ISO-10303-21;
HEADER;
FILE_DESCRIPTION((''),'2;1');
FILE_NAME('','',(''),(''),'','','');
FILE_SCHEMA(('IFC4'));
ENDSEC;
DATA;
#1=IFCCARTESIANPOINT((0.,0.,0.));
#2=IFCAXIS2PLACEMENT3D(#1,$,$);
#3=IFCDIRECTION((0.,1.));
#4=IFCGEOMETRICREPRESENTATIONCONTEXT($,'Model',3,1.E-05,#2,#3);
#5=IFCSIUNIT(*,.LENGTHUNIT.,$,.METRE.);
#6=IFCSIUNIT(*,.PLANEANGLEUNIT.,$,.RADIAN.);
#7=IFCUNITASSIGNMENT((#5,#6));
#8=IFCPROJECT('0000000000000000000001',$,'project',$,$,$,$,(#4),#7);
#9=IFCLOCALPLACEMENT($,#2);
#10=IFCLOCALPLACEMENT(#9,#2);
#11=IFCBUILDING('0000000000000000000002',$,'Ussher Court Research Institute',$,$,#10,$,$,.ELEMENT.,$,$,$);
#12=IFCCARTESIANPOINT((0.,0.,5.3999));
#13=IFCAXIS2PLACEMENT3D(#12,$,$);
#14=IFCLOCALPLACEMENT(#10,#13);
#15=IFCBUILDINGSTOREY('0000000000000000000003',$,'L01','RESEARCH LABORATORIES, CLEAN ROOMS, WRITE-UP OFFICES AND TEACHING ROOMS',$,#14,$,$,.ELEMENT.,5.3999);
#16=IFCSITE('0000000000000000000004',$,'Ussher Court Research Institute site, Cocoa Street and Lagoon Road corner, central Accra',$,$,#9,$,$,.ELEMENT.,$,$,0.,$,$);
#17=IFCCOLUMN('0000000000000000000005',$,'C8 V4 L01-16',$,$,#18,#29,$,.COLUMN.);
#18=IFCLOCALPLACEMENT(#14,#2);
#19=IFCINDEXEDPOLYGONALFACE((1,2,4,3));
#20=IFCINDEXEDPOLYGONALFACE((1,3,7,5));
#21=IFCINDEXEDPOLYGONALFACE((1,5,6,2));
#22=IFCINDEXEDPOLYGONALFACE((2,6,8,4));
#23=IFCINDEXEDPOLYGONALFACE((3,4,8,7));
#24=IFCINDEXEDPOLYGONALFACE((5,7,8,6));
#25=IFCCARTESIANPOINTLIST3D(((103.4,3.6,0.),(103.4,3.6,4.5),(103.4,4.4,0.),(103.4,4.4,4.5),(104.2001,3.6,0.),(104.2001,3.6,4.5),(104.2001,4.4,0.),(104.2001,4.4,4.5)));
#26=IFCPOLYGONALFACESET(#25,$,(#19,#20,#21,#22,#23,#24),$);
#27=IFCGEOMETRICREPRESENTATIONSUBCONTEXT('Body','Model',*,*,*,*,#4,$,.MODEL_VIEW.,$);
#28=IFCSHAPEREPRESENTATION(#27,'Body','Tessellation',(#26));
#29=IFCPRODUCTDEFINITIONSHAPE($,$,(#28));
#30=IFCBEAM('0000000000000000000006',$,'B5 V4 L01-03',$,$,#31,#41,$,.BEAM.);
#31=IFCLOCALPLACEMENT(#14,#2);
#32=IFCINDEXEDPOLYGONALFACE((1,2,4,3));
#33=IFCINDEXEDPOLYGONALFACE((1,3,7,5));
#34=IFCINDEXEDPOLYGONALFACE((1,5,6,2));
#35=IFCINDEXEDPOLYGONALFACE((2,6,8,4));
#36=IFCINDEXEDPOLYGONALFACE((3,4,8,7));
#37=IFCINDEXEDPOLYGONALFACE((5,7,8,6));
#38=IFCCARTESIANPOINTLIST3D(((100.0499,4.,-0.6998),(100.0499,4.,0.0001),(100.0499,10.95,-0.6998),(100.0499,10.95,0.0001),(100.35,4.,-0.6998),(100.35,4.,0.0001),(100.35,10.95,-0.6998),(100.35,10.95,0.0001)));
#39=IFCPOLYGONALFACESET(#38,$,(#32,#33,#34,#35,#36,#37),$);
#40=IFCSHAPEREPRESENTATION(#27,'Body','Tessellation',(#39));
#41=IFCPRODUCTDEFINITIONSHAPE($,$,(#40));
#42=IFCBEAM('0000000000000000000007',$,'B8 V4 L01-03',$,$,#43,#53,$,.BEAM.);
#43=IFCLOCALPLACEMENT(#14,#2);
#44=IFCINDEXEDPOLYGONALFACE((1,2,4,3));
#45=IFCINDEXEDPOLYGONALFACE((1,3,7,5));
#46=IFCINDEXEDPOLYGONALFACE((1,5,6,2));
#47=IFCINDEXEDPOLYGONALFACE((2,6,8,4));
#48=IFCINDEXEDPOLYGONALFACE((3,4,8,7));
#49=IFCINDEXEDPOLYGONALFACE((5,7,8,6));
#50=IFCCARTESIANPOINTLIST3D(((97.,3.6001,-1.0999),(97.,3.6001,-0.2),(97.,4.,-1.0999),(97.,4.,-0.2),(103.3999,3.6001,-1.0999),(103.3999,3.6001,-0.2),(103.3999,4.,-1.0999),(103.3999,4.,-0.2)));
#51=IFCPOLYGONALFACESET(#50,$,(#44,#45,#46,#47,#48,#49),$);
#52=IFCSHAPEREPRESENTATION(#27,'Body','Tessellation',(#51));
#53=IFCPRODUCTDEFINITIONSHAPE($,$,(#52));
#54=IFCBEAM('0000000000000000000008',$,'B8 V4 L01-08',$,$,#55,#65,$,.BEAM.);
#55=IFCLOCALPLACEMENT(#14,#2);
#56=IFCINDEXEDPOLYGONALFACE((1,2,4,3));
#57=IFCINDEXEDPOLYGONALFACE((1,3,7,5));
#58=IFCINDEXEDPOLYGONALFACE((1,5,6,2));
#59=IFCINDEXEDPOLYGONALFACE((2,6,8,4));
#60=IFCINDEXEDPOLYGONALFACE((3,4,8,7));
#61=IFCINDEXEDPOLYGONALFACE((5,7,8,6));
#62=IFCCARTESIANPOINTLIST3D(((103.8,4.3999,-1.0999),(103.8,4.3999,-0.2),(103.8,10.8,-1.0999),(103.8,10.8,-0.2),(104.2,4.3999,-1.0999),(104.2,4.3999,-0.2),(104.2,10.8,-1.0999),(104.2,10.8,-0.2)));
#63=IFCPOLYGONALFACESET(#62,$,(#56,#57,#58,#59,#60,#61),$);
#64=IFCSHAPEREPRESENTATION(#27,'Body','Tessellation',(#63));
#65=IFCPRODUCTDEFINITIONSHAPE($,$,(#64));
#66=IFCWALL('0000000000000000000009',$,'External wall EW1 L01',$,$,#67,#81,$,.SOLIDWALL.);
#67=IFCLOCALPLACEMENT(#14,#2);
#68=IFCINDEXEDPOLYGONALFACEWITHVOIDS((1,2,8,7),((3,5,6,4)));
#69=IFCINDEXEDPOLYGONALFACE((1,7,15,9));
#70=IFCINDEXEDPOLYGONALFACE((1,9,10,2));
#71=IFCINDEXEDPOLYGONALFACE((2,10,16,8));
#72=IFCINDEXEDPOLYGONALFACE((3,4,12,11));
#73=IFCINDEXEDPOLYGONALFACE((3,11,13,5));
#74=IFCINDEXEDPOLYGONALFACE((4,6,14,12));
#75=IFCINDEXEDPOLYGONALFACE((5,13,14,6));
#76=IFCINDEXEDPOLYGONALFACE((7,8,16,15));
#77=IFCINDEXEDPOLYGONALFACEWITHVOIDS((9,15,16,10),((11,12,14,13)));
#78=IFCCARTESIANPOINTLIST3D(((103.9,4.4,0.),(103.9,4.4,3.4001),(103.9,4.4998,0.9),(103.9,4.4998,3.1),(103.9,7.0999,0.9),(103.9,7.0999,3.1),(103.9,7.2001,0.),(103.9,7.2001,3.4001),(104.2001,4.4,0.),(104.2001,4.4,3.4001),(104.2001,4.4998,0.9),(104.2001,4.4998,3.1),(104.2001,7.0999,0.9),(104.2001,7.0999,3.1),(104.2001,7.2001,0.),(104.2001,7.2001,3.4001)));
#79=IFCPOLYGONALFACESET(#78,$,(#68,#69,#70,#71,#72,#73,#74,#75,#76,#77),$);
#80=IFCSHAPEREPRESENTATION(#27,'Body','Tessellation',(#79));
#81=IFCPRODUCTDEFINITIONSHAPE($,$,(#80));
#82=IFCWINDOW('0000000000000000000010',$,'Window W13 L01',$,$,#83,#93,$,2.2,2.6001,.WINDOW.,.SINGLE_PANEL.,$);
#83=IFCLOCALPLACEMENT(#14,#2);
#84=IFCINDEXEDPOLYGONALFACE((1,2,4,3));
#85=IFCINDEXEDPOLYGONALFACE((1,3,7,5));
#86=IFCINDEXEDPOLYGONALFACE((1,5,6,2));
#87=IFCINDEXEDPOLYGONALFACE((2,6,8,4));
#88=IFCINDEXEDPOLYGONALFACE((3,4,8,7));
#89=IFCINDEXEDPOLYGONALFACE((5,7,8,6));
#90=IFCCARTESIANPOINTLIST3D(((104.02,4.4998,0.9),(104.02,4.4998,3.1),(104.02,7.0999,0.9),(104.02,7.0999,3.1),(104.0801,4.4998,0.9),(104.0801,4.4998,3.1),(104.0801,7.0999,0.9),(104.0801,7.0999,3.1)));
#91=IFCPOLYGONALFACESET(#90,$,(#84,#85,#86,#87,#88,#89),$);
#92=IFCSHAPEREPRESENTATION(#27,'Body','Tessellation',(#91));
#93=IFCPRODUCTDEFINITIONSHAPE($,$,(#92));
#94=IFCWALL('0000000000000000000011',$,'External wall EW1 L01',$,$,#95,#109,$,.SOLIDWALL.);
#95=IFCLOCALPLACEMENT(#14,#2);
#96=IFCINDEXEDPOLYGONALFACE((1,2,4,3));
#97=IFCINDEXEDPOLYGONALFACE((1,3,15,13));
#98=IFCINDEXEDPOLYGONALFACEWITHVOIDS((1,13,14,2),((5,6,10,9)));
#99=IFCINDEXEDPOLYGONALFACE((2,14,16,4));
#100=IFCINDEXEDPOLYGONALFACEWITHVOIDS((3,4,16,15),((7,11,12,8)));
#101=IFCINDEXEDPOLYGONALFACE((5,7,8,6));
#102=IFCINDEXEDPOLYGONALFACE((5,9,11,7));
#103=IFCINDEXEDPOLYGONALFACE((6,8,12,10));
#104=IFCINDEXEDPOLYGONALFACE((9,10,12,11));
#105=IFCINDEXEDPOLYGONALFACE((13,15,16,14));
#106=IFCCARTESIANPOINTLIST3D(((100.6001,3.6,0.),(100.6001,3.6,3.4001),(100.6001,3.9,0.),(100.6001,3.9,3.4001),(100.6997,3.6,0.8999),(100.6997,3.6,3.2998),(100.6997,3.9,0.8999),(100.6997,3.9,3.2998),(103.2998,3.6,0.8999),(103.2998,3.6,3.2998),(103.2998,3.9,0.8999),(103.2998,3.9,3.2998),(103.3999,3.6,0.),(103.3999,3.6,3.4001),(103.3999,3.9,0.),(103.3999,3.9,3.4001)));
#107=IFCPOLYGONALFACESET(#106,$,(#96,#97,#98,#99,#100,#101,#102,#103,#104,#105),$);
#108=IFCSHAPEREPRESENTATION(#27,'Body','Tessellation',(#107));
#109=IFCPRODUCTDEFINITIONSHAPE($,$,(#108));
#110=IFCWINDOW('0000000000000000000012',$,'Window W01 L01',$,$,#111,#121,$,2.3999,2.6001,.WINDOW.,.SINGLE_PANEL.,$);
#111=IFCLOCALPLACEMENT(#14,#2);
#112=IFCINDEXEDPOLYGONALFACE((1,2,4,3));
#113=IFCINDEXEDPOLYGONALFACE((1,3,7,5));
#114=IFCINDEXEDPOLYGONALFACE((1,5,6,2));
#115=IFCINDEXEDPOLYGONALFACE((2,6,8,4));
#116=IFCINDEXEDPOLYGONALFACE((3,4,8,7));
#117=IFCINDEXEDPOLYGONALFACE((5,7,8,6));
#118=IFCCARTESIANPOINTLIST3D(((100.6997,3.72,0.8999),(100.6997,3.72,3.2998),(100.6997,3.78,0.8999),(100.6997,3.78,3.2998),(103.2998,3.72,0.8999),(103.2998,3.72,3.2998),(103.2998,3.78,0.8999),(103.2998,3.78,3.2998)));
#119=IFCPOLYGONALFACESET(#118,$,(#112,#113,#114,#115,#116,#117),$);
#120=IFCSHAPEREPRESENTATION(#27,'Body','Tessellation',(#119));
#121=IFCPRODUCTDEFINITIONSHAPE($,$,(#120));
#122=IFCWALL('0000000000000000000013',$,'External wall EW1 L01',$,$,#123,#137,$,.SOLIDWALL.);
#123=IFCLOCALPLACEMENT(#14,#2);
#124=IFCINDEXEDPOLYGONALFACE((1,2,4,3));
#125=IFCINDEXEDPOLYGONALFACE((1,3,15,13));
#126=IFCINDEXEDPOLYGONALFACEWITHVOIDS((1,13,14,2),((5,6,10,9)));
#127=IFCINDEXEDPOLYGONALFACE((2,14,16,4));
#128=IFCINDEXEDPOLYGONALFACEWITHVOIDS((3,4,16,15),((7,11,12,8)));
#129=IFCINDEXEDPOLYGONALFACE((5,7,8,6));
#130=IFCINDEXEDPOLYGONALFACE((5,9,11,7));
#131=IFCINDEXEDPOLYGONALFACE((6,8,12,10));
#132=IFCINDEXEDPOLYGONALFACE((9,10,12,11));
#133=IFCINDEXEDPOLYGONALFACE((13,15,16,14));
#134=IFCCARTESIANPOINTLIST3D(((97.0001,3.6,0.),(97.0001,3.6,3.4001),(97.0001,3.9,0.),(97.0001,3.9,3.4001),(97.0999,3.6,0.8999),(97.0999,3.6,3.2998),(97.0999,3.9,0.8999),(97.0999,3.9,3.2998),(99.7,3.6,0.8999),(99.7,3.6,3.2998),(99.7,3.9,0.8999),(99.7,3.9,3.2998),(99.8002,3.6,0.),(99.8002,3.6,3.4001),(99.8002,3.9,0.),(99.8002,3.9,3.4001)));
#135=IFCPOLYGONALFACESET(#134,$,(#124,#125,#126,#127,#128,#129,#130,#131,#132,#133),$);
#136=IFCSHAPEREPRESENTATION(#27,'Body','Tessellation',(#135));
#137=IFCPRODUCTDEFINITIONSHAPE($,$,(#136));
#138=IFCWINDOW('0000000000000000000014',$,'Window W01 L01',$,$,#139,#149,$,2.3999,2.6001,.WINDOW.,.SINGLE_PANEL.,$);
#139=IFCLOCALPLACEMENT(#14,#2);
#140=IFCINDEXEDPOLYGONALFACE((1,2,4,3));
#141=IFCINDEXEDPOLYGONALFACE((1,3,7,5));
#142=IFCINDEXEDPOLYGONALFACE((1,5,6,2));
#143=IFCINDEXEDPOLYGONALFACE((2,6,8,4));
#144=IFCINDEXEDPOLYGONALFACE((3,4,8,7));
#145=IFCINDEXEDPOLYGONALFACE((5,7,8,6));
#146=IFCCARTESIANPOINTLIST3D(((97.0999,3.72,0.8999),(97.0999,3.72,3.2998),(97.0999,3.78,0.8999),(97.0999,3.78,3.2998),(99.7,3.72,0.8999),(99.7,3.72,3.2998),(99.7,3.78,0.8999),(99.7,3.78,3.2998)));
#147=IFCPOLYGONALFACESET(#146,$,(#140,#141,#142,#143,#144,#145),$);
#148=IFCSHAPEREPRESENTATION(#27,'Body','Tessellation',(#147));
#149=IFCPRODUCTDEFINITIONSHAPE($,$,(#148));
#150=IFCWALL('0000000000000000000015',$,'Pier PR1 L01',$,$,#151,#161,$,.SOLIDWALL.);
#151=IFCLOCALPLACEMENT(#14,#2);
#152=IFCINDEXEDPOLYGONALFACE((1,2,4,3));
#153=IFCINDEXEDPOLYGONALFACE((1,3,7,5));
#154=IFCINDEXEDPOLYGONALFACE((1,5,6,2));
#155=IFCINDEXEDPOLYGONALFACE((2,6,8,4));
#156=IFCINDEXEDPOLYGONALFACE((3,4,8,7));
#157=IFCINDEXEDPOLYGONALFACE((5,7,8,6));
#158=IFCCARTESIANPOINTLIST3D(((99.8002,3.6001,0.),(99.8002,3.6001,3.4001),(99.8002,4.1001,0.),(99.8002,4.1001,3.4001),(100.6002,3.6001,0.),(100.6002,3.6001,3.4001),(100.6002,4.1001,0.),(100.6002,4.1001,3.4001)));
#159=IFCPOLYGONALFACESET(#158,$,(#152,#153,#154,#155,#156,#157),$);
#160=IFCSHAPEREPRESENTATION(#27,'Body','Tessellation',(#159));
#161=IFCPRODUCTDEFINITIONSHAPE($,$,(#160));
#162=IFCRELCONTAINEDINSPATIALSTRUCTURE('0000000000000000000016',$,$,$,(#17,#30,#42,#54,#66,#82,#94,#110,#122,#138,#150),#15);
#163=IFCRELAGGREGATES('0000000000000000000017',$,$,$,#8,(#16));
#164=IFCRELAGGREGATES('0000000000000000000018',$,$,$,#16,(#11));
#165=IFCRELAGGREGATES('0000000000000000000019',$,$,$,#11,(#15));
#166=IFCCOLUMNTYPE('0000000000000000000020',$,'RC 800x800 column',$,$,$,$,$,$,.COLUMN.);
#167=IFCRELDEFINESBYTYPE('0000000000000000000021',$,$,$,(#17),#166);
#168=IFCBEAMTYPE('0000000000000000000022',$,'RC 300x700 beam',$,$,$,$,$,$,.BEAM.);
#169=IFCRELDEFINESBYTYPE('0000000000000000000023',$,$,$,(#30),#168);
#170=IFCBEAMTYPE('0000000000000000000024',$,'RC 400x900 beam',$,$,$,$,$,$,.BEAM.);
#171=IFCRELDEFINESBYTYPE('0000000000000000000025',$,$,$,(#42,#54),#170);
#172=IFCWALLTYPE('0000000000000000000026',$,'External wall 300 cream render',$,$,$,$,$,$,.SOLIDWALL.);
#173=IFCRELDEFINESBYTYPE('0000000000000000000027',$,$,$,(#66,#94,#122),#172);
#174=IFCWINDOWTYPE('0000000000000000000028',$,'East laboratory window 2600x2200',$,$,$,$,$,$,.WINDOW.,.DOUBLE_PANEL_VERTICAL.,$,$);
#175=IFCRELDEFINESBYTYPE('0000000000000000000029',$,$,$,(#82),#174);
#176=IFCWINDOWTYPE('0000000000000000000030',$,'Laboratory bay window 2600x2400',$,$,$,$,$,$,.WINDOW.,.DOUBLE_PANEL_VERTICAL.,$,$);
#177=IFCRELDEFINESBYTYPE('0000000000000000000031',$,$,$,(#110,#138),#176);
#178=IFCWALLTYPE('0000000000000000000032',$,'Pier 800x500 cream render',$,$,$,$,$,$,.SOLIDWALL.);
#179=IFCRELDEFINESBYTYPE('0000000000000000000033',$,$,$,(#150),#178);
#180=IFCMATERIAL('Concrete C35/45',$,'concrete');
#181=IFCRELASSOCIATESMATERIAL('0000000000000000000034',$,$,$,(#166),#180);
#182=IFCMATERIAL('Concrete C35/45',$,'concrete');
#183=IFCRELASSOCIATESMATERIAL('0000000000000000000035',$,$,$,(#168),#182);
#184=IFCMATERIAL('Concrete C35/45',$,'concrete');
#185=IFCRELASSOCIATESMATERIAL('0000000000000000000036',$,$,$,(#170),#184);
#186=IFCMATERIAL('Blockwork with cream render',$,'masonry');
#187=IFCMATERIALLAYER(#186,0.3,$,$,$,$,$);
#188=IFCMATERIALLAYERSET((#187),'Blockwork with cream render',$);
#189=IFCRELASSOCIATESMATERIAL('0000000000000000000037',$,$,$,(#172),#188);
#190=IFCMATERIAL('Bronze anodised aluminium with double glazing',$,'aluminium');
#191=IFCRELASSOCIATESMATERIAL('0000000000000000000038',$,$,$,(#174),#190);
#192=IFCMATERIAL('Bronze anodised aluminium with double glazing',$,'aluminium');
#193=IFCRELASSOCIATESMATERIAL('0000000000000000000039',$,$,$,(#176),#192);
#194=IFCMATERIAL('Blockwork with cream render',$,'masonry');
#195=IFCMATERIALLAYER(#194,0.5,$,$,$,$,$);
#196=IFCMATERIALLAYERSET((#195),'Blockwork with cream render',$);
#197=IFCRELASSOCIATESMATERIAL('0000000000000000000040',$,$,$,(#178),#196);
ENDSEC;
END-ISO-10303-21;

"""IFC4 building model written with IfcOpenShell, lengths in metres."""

from ifc_helpers import new_model, si_unit, direction, frame, frame_2d, origin, origin_2d, place, context, subcontext, project, spatial, rectangle, extrude, material, layer, layer_set, material_profile, profile_set, type_object, element, fill, save


model = new_model("IFC4")

# Units and contexts
model_context = context("Model", 3, precision=1e-05, world=origin(), true_north=direction((0.0, 1.0)))
body_context = subcontext(model_context, "Body", "Model", "MODEL_VIEW")
ifc_project = project(units=[si_unit("LENGTHUNIT", "METRE"), si_unit("PLANEANGLEUNIT", "RADIAN")], contexts=[model_context])

# Site, building, storey
site_placement = place(None, origin())
site = spatial("IfcSite", under=ifc_project, at=site_placement, Name="Ussher Court Research Institute site, Cocoa Street and Lagoon Road corner, central Accra", CompositionType="ELEMENT", RefElevation=0.0)
building_placement = place(site_placement, origin())
building = spatial("IfcBuilding", under=site, at=building_placement, Name="Ussher Court Research Institute", CompositionType="ELEMENT")
storey_placement = place(building_placement, frame((0.0, 0.0, 5.3999)))
storey = spatial("IfcBuildingStorey", under=building, at=storey_placement, Name="L01", Description="RESEARCH LABORATORIES, CLEAN ROOMS, WRITE-UP OFFICES AND TEACHING ROOMS", CompositionType="ELEMENT", Elevation=5.3999)

# Column
ifc_material_1 = material(Name="Concrete C35/45", Category="concrete")
ifc_material_profile_1 = material_profile(ifc_material_1, rectangle(XDim=0.8, YDim=0.8, at=origin_2d()), Name="RC 800x800")
ifc_profile_set_1 = profile_set([ifc_material_profile_1], Name="Concrete C35/45")
column_type = type_object("IfcColumnType", Name="RC 800x800 column", PredefinedType="COLUMN", material=ifc_profile_set_1)
column_placement = place(storey_placement, frame((103.8, 4.0, 0.0), z_axis=(0.0, 0.0, 1.0), x_axis=(1.0, 0.0, 0.0)))
element("IfcColumn", 1, at=column_placement, inside=storey, type_object=column_type, Name="C8 V4 L01-16", PredefinedType="COLUMN", context=body_context, shape_type="SweptSolid", body=[
    extrude(rectangle(XDim=0.8, YDim=0.8, at=origin_2d()), origin(), (0.0, 0.0, 1.0), 4.5),
])

# Beams
ifc_material_2 = material(Name="Concrete C35/45", Category="concrete")
ifc_material_profile_2 = material_profile(ifc_material_2, rectangle(XDim=0.3, YDim=0.7, at=origin_2d()), Name="RC 300x700")
ifc_profile_set_2 = profile_set([ifc_material_profile_2], Name="Concrete C35/45")
beam_type_1 = type_object("IfcBeamType", Name="RC 300x700 beam", PredefinedType="BEAM", material=ifc_profile_set_2)
beam_1_placement = place(storey_placement, frame((100.2, 4.0, -0.3499), z_axis=(0.0, 1.0, 0.0), x_axis=(-1.0, 0.0, 0.0)))
element("IfcBeam", 2, at=beam_1_placement, inside=storey, type_object=beam_type_1, Name="B5 V4 L01-03", PredefinedType="BEAM", context=body_context, shape_type="SweptSolid", body=[
    extrude(rectangle(XDim=0.3, YDim=0.7, at=origin_2d()), origin(), (0.0, 0.0, 1.0), 6.95),
])
ifc_material_3 = material(Name="Concrete C35/45", Category="concrete")
ifc_material_profile_3 = material_profile(ifc_material_3, rectangle(XDim=0.3999, YDim=0.8999, at=origin_2d()), Name="RC 400x900")
ifc_profile_set_3 = profile_set([ifc_material_profile_3], Name="Concrete C35/45")
beam_type_2 = type_object("IfcBeamType", Name="RC 400x900 beam", PredefinedType="BEAM", material=ifc_profile_set_3)
beam_2_placement = place(storey_placement, frame((97.0, 3.8, -0.6499), z_axis=(1.0, 0.0, 0.0), x_axis=(0.0, 1.0, 0.0)))
element("IfcBeam", 3, at=beam_2_placement, inside=storey, type_object=beam_type_2, Name="B8 V4 L01-03", PredefinedType="BEAM", context=body_context, shape_type="SweptSolid", body=[
    extrude(rectangle(XDim=0.3999, YDim=0.8999, at=origin_2d()), origin(), (0.0, 0.0, 1.0), 6.3999),
])
beam_3_placement = place(storey_placement, frame((104.0, 4.3999, -0.6499), z_axis=(0.0, 1.0, 0.0), x_axis=(-1.0, 0.0, 0.0)))
element("IfcBeam", 4, at=beam_3_placement, inside=storey, type_object=beam_type_2, Name="B8 V4 L01-08", PredefinedType="BEAM", context=body_context, shape_type="SweptSolid", body=[
    extrude(rectangle(XDim=0.3999, YDim=0.8999, at=origin_2d()), origin(), (0.0, 0.0, 1.0), 6.4001),
])

# Walls, openings, windows
ifc_material_4 = material(Name="Blockwork with cream render", Category="masonry")
ifc_layer_1 = layer(ifc_material_4, 0.3)
ifc_layer_set_1 = layer_set([ifc_layer_1], Name="Blockwork with cream render")
wall_type_1 = type_object("IfcWallType", Name="External wall 300 cream render", PredefinedType="SOLIDWALL", material=ifc_layer_set_1)
wall_1_placement = place(storey_placement, frame((104.05, 7.2, 0.0), z_axis=(0.0, 0.0, 1.0), x_axis=(0.0, -1.0, 0.0)))
wall_1 = element("IfcWall", 5, at=wall_1_placement, inside=storey, type_object=wall_type_1, Name="External wall EW1 L01", PredefinedType="SOLIDWALL", context=body_context, shape_type="SweptSolid", body=[
    extrude(rectangle(XDim=2.8, YDim=0.3, at=frame_2d((1.3999, 0.0))), origin(), (0.0, 0.0, 1.0), 3.4001),
])
opening_1_placement = place(wall_1_placement, frame((0.1001, 0.0, 0.8999)))
opening_1 = element("IfcOpeningElement", 6, at=opening_1_placement, cuts=wall_1, PredefinedType="OPENING", context=body_context, shape_type="SweptSolid", body=[
    extrude(rectangle(XDim=2.6001, YDim=2.2, at=frame_2d((1.3, 1.1001))), frame((0.0, 0.1602, 0.0), z_axis=(0.0, -1.0, 0.0), x_axis=(1.0, 0.0, 0.0)), (0.0, 0.0, 1.0), 0.3201),
])
ifc_material_5 = material(Name="Bronze anodised aluminium with double glazing", Category="aluminium")
window_type_1 = type_object("IfcWindowType", Name="East laboratory window 2600x2200", PartitioningType="DOUBLE_PANEL_VERTICAL", PredefinedType="WINDOW", material=ifc_material_5)
window_1_placement = place(opening_1_placement, origin())
window_1 = element("IfcWindow", 7, at=window_1_placement, inside=storey, type_object=window_type_1, Name="Window W13 L01", OverallHeight=2.2, OverallWidth=2.6001, PartitioningType="SINGLE_PANEL", PredefinedType="WINDOW", context=body_context, shape_type="SweptSolid", body=[
    extrude(rectangle(XDim=2.6001, YDim=2.2, at=frame_2d((1.3, 1.1001))), frame((0.0, 0.03, 0.0), z_axis=(0.0, -1.0, 0.0), x_axis=(1.0, 0.0, 0.0)), (0.0, 0.0, 1.0), 0.0601),
])
fill(opening_1, window_1)
wall_2_placement = place(storey_placement, frame((103.3999, 3.75, 0.0), z_axis=(0.0, 0.0, 1.0), x_axis=(-1.0, 0.0, 0.0)))
wall_2 = element("IfcWall", 8, at=wall_2_placement, inside=storey, type_object=wall_type_1, Name="External wall EW1 L01", PredefinedType="SOLIDWALL", context=body_context, shape_type="SweptSolid", body=[
    extrude(rectangle(XDim=2.7998, YDim=0.3, at=frame_2d((1.3999, 0.0))), origin(), (0.0, 0.0, 1.0), 3.4001),
])
opening_2_placement = place(wall_2_placement, frame((0.1001, 0.0, 0.8999)))
opening_2 = element("IfcOpeningElement", 9, at=opening_2_placement, cuts=wall_2, PredefinedType="OPENING", context=body_context, shape_type="SweptSolid", body=[
    extrude(rectangle(XDim=2.6001, YDim=2.3999, at=frame_2d((1.3, 1.2))), frame((0.0, 0.1602, 0.0), z_axis=(0.0, -1.0, 0.0), x_axis=(1.0, 0.0, 0.0)), (0.0, 0.0, 1.0), 0.3201),
])
ifc_material_6 = material(Name="Bronze anodised aluminium with double glazing", Category="aluminium")
window_type_2 = type_object("IfcWindowType", Name="Laboratory bay window 2600x2400", PartitioningType="DOUBLE_PANEL_VERTICAL", PredefinedType="WINDOW", material=ifc_material_6)
window_2_placement = place(opening_2_placement, origin())
window_2 = element("IfcWindow", 10, at=window_2_placement, inside=storey, type_object=window_type_2, Name="Window W01 L01", OverallHeight=2.3999, OverallWidth=2.6001, PartitioningType="SINGLE_PANEL", PredefinedType="WINDOW", context=body_context, shape_type="SweptSolid", body=[
    extrude(rectangle(XDim=2.6001, YDim=2.3999, at=frame_2d((1.3, 1.2))), frame((0.0, 0.03, 0.0), z_axis=(0.0, -1.0, 0.0), x_axis=(1.0, 0.0, 0.0)), (0.0, 0.0, 1.0), 0.0601),
])
fill(opening_2, window_2)
wall_3_placement = place(storey_placement, frame((99.8, 3.75, 0.0), z_axis=(0.0, 0.0, 1.0), x_axis=(-1.0, 0.0, 0.0)))
wall_3 = element("IfcWall", 11, at=wall_3_placement, inside=storey, type_object=wall_type_1, Name="External wall EW1 L01", PredefinedType="SOLIDWALL", context=body_context, shape_type="SweptSolid", body=[
    extrude(rectangle(XDim=2.8, YDim=0.3, at=frame_2d((1.3999, 0.0))), origin(), (0.0, 0.0, 1.0), 3.4001),
])
opening_3_placement = place(wall_3_placement, frame((0.1001, 0.0, 0.8999)))
opening_3 = element("IfcOpeningElement", 12, at=opening_3_placement, cuts=wall_3, PredefinedType="OPENING", context=body_context, shape_type="SweptSolid", body=[
    extrude(rectangle(XDim=2.6001, YDim=2.3999, at=frame_2d((1.3, 1.2))), frame((0.0, 0.1602, 0.0), z_axis=(0.0, -1.0, 0.0), x_axis=(1.0, 0.0, 0.0)), (0.0, 0.0, 1.0), 0.3201),
])
window_3_placement = place(opening_3_placement, origin())
window_3 = element("IfcWindow", 13, at=window_3_placement, inside=storey, type_object=window_type_2, Name="Window W01 L01", OverallHeight=2.3999, OverallWidth=2.6001, PartitioningType="SINGLE_PANEL", PredefinedType="WINDOW", context=body_context, shape_type="SweptSolid", body=[
    extrude(rectangle(XDim=2.6001, YDim=2.3999, at=frame_2d((1.3, 1.2))), frame((0.0, 0.03, 0.0), z_axis=(0.0, -1.0, 0.0), x_axis=(1.0, 0.0, 0.0)), (0.0, 0.0, 1.0), 0.0601),
])
fill(opening_3, window_3)

# Wall
ifc_material_7 = material(Name="Blockwork with cream render", Category="masonry")
ifc_layer_2 = layer(ifc_material_7, 0.5)
ifc_layer_set_2 = layer_set([ifc_layer_2], Name="Blockwork with cream render")
wall_type_2 = type_object("IfcWallType", Name="Pier 800x500 cream render", PredefinedType="SOLIDWALL", material=ifc_layer_set_2)
wall_4_placement = place(storey_placement, frame((100.6001, 3.8501, 0.0), z_axis=(0.0, 0.0, 1.0), x_axis=(-1.0, 0.0, 0.0)))
element("IfcWall", 14, at=wall_4_placement, inside=storey, type_object=wall_type_2, Name="Pier PR1 L01", PredefinedType="SOLIDWALL", context=body_context, shape_type="SweptSolid", body=[
    extrude(rectangle(XDim=0.8, YDim=0.5, at=frame_2d((0.3999, 0.0))), origin(), (0.0, 0.0, 1.0), 3.4001),
])

save(model, "model.ifc")
